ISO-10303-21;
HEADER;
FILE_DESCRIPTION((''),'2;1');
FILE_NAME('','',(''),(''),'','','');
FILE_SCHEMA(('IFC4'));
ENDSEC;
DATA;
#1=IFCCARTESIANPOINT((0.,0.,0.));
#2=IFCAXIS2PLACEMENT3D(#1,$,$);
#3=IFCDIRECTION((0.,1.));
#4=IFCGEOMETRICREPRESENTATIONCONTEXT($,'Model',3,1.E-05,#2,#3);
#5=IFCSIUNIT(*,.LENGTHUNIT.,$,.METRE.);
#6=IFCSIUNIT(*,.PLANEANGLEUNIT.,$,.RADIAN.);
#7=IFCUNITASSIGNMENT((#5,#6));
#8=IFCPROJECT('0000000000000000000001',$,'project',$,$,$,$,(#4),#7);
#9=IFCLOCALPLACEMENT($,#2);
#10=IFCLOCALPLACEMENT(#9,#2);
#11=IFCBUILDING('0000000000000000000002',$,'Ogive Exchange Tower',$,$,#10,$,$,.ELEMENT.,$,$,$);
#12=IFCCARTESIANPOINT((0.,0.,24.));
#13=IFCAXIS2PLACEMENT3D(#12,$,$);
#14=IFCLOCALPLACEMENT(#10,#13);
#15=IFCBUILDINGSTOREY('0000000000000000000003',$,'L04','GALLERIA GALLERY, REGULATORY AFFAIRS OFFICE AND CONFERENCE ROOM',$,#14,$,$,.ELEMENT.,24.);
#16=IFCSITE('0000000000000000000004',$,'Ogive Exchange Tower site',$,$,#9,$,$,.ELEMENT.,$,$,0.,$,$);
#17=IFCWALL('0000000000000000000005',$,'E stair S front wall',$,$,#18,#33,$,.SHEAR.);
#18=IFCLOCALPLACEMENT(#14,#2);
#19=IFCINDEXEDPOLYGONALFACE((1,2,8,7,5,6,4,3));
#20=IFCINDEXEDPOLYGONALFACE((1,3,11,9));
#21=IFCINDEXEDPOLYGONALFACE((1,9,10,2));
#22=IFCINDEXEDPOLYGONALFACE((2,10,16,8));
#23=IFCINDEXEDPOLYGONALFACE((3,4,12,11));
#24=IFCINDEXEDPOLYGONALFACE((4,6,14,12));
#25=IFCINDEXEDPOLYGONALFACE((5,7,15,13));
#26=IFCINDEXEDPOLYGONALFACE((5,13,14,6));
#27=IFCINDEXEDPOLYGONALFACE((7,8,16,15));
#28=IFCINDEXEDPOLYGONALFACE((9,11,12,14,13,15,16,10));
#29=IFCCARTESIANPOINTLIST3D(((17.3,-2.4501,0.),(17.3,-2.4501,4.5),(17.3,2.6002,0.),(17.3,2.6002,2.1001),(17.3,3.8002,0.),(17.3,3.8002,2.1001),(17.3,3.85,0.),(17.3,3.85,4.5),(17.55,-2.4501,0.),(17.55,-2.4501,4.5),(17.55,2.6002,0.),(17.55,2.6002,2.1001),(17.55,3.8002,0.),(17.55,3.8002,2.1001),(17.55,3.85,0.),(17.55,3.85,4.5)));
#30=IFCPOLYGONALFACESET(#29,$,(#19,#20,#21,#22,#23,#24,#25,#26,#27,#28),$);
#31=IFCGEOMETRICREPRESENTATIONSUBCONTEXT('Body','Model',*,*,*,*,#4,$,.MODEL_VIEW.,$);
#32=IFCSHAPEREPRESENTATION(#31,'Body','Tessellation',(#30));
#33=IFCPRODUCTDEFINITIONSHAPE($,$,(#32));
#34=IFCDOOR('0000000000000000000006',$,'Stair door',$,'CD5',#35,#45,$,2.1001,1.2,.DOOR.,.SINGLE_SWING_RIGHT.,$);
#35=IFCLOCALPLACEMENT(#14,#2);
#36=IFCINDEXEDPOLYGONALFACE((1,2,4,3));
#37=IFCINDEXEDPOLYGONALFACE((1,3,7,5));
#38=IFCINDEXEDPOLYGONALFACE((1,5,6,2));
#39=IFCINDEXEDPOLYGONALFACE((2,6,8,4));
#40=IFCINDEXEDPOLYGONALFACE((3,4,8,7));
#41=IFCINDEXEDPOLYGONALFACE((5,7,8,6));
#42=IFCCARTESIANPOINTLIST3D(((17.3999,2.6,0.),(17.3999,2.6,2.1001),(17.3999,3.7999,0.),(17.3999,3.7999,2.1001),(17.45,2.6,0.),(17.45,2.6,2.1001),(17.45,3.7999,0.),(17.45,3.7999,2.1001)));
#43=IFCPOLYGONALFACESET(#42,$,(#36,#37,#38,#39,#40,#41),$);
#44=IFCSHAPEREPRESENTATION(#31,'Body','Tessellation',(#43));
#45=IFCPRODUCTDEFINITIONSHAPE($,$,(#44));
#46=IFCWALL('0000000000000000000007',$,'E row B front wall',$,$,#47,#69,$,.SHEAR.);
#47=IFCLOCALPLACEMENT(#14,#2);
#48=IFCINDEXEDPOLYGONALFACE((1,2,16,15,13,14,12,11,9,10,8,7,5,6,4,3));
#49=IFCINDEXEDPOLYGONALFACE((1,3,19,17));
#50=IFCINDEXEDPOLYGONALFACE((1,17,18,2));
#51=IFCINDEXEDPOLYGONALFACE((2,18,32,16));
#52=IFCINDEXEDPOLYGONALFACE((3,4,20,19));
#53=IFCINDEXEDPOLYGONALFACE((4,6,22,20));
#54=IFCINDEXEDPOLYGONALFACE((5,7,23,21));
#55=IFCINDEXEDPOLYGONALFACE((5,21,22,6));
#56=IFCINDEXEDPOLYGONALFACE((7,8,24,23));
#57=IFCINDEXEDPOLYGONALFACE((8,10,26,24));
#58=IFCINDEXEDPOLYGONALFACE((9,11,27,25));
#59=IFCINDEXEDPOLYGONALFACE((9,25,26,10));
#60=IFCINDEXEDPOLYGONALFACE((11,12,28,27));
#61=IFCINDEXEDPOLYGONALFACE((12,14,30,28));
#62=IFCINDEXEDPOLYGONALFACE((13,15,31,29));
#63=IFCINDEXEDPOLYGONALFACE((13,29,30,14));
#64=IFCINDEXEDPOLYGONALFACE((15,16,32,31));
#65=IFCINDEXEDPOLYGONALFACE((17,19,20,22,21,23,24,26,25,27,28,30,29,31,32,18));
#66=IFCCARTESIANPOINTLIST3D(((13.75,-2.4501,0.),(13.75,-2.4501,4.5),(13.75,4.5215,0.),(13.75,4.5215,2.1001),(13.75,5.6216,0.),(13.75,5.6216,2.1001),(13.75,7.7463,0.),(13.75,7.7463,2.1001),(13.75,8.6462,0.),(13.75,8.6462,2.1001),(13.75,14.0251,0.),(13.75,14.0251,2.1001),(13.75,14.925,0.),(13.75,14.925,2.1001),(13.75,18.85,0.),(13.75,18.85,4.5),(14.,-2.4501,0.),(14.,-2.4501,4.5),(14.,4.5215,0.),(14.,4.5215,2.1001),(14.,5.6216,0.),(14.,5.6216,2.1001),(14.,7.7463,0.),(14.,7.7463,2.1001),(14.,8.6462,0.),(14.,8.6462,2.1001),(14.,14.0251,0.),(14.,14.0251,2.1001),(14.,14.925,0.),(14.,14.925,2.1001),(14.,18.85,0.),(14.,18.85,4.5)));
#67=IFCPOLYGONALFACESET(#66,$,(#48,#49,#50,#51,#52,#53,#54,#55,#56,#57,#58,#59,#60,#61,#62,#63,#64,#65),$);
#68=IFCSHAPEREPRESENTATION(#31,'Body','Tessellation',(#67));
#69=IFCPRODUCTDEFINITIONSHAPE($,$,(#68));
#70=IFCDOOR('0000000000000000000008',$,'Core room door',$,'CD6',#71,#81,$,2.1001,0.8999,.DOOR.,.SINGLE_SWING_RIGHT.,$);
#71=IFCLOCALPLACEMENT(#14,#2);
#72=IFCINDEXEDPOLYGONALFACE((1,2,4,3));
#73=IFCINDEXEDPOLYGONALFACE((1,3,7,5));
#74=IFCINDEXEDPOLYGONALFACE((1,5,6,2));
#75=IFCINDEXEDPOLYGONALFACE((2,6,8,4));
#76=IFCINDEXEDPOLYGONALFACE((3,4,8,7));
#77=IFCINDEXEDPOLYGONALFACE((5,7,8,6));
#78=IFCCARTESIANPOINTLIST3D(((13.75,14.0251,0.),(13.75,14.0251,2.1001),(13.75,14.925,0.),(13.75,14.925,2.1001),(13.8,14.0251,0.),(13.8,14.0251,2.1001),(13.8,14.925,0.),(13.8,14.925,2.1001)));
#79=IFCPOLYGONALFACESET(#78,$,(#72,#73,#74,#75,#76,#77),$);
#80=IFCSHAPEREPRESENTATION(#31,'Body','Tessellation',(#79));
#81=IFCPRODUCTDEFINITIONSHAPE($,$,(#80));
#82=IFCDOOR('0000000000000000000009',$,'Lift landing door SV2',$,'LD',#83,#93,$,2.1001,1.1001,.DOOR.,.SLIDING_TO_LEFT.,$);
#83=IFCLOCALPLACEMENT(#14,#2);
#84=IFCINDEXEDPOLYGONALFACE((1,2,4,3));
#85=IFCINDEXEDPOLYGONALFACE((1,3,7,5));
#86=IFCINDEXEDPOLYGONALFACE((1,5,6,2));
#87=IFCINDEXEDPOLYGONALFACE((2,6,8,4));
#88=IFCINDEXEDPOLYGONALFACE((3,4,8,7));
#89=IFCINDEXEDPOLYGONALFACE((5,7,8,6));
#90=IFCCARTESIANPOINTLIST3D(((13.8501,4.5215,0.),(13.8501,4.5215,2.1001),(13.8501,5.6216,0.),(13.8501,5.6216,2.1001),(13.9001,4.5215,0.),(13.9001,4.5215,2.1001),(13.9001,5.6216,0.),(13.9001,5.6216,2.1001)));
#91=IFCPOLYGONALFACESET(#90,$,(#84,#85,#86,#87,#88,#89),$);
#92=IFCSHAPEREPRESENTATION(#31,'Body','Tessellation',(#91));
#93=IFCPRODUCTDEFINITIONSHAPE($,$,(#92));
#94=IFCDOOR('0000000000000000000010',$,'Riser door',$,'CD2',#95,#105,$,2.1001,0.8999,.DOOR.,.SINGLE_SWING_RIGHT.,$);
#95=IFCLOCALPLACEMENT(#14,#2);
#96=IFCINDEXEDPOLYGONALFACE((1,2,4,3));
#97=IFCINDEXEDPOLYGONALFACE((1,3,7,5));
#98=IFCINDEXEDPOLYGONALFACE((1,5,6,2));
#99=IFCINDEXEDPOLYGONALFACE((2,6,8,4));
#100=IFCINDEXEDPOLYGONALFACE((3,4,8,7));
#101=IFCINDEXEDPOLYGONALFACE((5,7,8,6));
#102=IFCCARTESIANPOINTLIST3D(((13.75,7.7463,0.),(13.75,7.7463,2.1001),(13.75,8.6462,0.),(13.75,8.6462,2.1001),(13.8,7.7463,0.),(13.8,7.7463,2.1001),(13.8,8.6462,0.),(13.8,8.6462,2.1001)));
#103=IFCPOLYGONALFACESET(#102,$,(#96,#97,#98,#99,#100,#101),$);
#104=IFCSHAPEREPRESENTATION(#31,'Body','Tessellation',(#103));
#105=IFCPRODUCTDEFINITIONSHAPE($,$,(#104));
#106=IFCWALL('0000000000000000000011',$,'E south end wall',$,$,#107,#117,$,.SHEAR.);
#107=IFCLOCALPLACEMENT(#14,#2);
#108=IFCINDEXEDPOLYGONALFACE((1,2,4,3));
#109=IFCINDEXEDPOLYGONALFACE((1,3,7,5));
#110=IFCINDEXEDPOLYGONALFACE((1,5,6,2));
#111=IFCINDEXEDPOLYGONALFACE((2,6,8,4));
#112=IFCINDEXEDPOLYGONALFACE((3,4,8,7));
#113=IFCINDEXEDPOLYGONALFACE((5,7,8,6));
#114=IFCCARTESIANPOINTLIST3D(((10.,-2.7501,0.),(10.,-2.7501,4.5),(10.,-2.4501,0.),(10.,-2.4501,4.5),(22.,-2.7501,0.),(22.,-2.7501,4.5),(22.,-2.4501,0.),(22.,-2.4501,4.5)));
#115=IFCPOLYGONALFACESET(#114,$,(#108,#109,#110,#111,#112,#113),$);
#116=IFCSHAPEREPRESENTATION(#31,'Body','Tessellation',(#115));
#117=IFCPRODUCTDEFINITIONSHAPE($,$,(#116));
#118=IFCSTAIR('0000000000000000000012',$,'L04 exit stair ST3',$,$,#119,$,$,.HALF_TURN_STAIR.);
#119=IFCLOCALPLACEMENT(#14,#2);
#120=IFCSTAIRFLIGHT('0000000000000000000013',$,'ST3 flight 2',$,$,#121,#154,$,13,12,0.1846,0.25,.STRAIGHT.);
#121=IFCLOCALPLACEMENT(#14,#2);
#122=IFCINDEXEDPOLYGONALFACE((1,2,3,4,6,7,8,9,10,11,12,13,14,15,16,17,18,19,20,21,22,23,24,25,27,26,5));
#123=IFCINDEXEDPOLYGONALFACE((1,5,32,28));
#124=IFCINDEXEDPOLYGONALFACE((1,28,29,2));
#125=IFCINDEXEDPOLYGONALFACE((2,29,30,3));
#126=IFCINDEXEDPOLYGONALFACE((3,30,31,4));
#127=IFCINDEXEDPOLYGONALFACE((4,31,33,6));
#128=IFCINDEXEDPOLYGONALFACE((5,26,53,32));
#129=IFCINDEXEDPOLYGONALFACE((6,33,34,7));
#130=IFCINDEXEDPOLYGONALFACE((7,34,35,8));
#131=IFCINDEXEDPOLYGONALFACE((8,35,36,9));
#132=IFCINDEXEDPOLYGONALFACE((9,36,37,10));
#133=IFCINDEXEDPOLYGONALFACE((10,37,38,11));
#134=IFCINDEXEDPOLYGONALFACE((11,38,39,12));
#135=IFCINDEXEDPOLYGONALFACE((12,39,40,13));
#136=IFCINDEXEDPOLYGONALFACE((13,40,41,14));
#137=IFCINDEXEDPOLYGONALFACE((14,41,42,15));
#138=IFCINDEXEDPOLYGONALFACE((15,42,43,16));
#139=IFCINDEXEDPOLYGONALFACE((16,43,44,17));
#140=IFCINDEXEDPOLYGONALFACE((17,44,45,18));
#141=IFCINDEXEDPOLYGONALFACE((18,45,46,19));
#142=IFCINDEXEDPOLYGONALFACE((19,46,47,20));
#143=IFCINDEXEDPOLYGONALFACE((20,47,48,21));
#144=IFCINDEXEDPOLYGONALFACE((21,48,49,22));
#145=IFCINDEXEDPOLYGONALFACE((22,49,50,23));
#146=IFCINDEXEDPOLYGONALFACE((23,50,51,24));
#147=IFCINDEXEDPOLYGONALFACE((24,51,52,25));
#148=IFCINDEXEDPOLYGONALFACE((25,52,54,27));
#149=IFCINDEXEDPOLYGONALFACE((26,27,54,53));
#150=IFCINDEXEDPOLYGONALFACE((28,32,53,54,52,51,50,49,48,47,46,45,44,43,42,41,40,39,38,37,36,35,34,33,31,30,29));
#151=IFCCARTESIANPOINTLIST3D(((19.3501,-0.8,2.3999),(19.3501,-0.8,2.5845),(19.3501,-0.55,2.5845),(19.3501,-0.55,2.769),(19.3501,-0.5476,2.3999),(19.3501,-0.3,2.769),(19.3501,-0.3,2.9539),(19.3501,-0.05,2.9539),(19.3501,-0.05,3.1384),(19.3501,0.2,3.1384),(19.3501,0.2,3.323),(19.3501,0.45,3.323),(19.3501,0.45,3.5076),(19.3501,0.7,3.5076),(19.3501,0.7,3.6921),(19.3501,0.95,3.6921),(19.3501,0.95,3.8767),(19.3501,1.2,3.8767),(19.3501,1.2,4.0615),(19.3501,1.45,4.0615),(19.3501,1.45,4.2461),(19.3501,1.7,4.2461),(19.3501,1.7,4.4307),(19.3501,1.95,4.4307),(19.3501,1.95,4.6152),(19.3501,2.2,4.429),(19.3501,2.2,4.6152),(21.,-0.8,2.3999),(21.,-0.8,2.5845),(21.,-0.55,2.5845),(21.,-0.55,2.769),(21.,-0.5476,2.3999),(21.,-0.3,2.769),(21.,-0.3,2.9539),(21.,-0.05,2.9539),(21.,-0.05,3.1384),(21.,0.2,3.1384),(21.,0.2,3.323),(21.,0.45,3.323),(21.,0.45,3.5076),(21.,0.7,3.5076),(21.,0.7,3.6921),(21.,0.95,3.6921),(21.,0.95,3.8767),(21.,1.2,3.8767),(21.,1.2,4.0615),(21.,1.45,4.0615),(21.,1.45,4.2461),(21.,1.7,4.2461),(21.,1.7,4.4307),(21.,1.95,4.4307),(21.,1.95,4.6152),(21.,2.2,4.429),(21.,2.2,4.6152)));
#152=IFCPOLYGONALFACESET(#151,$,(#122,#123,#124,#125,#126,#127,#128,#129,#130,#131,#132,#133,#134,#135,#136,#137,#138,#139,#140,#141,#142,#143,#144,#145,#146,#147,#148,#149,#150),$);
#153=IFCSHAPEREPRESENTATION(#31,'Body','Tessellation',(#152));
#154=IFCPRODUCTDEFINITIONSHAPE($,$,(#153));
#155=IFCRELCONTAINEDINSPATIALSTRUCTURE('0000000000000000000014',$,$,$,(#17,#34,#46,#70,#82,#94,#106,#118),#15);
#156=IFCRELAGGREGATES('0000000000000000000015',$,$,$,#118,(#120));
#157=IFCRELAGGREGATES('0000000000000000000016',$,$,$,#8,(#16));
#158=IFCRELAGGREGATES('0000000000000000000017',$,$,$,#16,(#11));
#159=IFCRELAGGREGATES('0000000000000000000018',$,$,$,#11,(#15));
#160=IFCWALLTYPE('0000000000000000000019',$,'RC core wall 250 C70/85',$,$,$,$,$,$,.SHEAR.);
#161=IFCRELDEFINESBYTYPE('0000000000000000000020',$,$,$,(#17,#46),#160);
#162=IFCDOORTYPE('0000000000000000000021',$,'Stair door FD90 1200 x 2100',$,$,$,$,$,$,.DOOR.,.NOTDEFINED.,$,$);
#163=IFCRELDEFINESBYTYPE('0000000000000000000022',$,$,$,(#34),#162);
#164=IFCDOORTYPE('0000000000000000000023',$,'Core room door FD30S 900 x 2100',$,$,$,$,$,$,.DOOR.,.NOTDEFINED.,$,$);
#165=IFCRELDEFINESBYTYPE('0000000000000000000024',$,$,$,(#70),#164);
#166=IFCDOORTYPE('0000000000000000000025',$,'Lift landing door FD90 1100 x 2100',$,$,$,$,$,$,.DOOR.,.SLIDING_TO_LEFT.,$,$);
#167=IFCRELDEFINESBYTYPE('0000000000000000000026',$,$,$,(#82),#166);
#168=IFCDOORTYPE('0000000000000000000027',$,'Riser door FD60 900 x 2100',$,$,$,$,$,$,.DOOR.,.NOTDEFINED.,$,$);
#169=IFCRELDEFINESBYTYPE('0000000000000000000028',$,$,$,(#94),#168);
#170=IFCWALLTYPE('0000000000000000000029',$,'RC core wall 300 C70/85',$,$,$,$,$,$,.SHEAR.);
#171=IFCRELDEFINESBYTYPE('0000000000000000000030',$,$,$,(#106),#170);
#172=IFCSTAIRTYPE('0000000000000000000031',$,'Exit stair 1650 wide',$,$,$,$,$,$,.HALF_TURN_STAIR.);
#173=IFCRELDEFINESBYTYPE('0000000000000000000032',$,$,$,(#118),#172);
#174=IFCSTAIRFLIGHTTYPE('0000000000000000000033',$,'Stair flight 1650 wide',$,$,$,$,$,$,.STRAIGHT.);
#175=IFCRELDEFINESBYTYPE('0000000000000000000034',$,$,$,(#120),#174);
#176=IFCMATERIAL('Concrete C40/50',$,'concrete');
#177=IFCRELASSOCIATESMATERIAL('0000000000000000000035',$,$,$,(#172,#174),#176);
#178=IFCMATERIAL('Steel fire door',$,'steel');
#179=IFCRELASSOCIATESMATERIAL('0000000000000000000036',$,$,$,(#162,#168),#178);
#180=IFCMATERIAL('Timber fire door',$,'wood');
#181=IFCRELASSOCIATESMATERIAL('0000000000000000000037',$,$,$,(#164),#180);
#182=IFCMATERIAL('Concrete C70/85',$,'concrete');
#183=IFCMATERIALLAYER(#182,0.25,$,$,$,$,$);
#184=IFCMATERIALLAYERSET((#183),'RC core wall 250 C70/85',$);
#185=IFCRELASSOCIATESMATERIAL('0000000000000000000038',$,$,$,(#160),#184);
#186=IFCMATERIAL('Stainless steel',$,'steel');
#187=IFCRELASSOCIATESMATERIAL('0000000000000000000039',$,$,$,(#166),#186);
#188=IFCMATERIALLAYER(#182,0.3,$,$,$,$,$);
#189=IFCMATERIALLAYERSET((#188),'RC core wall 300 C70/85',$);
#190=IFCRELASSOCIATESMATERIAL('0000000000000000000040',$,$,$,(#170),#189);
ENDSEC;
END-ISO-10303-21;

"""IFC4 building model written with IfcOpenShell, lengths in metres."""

from ifc_helpers import new_model, si_unit, direction, frame, frame_2d, origin, place, context, subcontext, project, spatial, polyline, rectangle, outline, extrude, material, layer, layer_set, type_object, element, fill, aggregate, save


model = new_model("IFC4")

# Units and contexts
model_context = context("Model", 3, precision=1e-05, world=origin(), true_north=direction((0.0, 1.0)))
body_context = subcontext(model_context, "Body", "Model", "MODEL_VIEW")
ifc_project = project(units=[si_unit("LENGTHUNIT", "METRE"), si_unit("PLANEANGLEUNIT", "RADIAN")], contexts=[model_context])

# Site, building, storey
site_placement = place(None, origin())
site = spatial("IfcSite", under=ifc_project, at=site_placement, Name="Ogive Exchange Tower site", CompositionType="ELEMENT", RefElevation=0.0)
building_placement = place(site_placement, origin())
building = spatial("IfcBuilding", under=site, at=building_placement, Name="Ogive Exchange Tower", CompositionType="ELEMENT")
storey_placement = place(building_placement, frame((0.0, 0.0, 24.0)))
storey = spatial("IfcBuildingStorey", under=building, at=storey_placement, Name="L04", Description="GALLERIA GALLERY, REGULATORY AFFAIRS OFFICE AND CONFERENCE ROOM", CompositionType="ELEMENT", Elevation=24.0)

# Shared definitions
ifc_material_1 = material(Name="Concrete C70/85", Category="concrete")

# Shared definitions
ifc_material_2 = material(Name="Concrete C40/50", Category="concrete")
stair_type = type_object("IfcStairType", Name="Exit stair 1650 wide", PredefinedType="HALF_TURN_STAIR", material=ifc_material_2)

# Shared definitions
ifc_material_3 = material(Name="Steel fire door", Category="steel")
door_type_1 = type_object("IfcDoorType", Name="Stair door FD90 1200 x 2100", OperationType="NOTDEFINED", PredefinedType="DOOR", material=ifc_material_3)
ifc_material_4 = material(Name="Timber fire door", Category="wood")
door_type_2 = type_object("IfcDoorType", Name="Core room door FD30S 900 x 2100", OperationType="NOTDEFINED", PredefinedType="DOOR", material=ifc_material_4)

# Wall, opening, door
ifc_layer_1 = layer(ifc_material_1, 0.25)
ifc_layer_set_1 = layer_set([ifc_layer_1], Name="RC core wall 250 C70/85")
wall_type_1 = type_object("IfcWallType", Name="RC core wall 250 C70/85", PredefinedType="SHEAR", material=ifc_layer_set_1)
wall_1_placement = place(storey_placement, frame((17.425, -2.45, 0.0), z_axis=(0.0, 0.0, 1.0), x_axis=(0.0, 1.0, 0.0)))
wall_1 = element("IfcWall", 1, at=wall_1_placement, inside=storey, type_object=wall_type_1, Name="E stair S front wall", PredefinedType="SHEAR", context=body_context, shape_type="SweptSolid", body=[
    extrude(rectangle(XDim=6.3, YDim=0.25, at=frame_2d((3.1499, 0.0))), origin(), (0.0, 0.0, 1.0), 4.5),
])
opening_1_placement = place(wall_1_placement, frame((5.05, 0.0, 0.0)))
opening_1 = element("IfcOpeningElement", 2, at=opening_1_placement, cuts=wall_1, PredefinedType="OPENING", context=body_context, shape_type="SweptSolid", body=[
    extrude(rectangle(XDim=1.2, YDim=2.1001, at=frame_2d((0.6001, 1.05))), frame((0.0, 0.135, 0.0), z_axis=(0.0, -1.0, 0.0), x_axis=(1.0, 0.0, 0.0)), (0.0, 0.0, 1.0), 0.27),
])
door_1_placement = place(opening_1_placement, frame((1.2, 0.0, 0.0), z_axis=(0.0, 0.0, 1.0), x_axis=(-1.0, 0.0, 0.0)))
door_1 = element("IfcDoor", 3, at=door_1_placement, inside=storey, type_object=door_type_1, Name="Stair door", ObjectType="CD5", OperationType="SINGLE_SWING_RIGHT", OverallHeight=2.1001, OverallWidth=1.2, PredefinedType="DOOR", context=body_context, shape_type="SweptSolid", body=[
    extrude(rectangle(XDim=1.2, YDim=2.1001, at=frame_2d((0.6001, 1.05))), frame((0.0, 0.0249, 0.0), z_axis=(0.0, -1.0, 0.0), x_axis=(1.0, 0.0, 0.0)), (0.0, 0.0, 1.0), 0.05),
])
fill(opening_1, door_1)

# Wall, openings, doors
wall_2_placement = place(storey_placement, frame((13.875, -2.45, 0.0), z_axis=(0.0, 0.0, 1.0), x_axis=(0.0, 1.0, 0.0)))
wall_2 = element("IfcWall", 4, at=wall_2_placement, inside=storey, type_object=wall_type_1, Name="E row B front wall", PredefinedType="SHEAR", context=body_context, shape_type="SweptSolid", body=[
    extrude(rectangle(XDim=21.3, YDim=0.25, at=frame_2d((10.6499, 0.0))), origin(), (0.0, 0.0, 1.0), 4.5),
])
opening_2_placement = place(wall_2_placement, frame((10.1963, 0.0, 0.0)))
opening_2 = element("IfcOpeningElement", 5, at=opening_2_placement, cuts=wall_2, PredefinedType="OPENING", context=body_context, shape_type="SweptSolid", body=[
    extrude(rectangle(XDim=0.8999, YDim=2.1001, at=frame_2d((0.45, 1.05))), frame((0.0, 0.135, 0.0), z_axis=(0.0, -1.0, 0.0), x_axis=(1.0, 0.0, 0.0)), (0.0, 0.0, 1.0), 0.27),
])
opening_3_placement = place(wall_2_placement, frame((16.4751, 0.0, 0.0)))
opening_3 = element("IfcOpeningElement", 6, at=opening_3_placement, cuts=wall_2, PredefinedType="OPENING", context=body_context, shape_type="SweptSolid", body=[
    extrude(rectangle(XDim=0.8999, YDim=2.1001, at=frame_2d((0.45, 1.05))), frame((0.0, 0.135, 0.0), z_axis=(0.0, -1.0, 0.0), x_axis=(1.0, 0.0, 0.0)), (0.0, 0.0, 1.0), 0.27),
])
opening_4_placement = place(wall_2_placement, frame((6.9714, 0.0, 0.0)))
opening_4 = element("IfcOpeningElement", 7, at=opening_4_placement, cuts=wall_2, PredefinedType="OPENING", context=body_context, shape_type="SweptSolid", body=[
    extrude(rectangle(XDim=1.1001, YDim=2.1001, at=frame_2d((0.55, 1.05))), frame((0.0, 0.135, 0.0), z_axis=(0.0, -1.0, 0.0), x_axis=(1.0, 0.0, 0.0)), (0.0, 0.0, 1.0), 0.27),
])
door_2_placement = place(opening_3_placement, origin())
door_2 = element("IfcDoor", 8, at=door_2_placement, inside=storey, type_object=door_type_2, Name="Core room door", ObjectType="CD6", OperationType="SINGLE_SWING_RIGHT", OverallHeight=2.1001, OverallWidth=0.8999, PredefinedType="DOOR", context=body_context, shape_type="SweptSolid", body=[
    extrude(rectangle(XDim=0.8999, YDim=2.1001, at=frame_2d((0.45, 1.05))), frame((0.0, 0.125, 0.0), z_axis=(0.0, -1.0, 0.0), x_axis=(1.0, 0.0, 0.0)), (0.0, 0.0, 1.0), 0.05),
])
fill(opening_3, door_2)
ifc_material_5 = material(Name="Stainless steel", Category="steel")
door_type_3 = type_object("IfcDoorType", Name="Lift landing door FD90 1100 x 2100", OperationType="SLIDING_TO_LEFT", PredefinedType="DOOR", material=ifc_material_5)
door_3_placement = place(opening_4_placement, origin())
door_3 = element("IfcDoor", 9, at=door_3_placement, inside=storey, type_object=door_type_3, Name="Lift landing door SV2", ObjectType="LD", OperationType="SLIDING_TO_LEFT", OverallHeight=2.1001, OverallWidth=1.1001, PredefinedType="DOOR", context=body_context, shape_type="SweptSolid", body=[
    extrude(rectangle(XDim=1.1001, YDim=2.1001, at=frame_2d((0.55, 1.05))), frame((0.0, 0.0249, 0.0), z_axis=(0.0, -1.0, 0.0), x_axis=(1.0, 0.0, 0.0)), (0.0, 0.0, 1.0), 0.05),
])
fill(opening_4, door_3)
door_type_4 = type_object("IfcDoorType", Name="Riser door FD60 900 x 2100", OperationType="NOTDEFINED", PredefinedType="DOOR", material=ifc_material_3)
door_4_placement = place(opening_2_placement, origin())
door_4 = element("IfcDoor", 10, at=door_4_placement, inside=storey, type_object=door_type_4, Name="Riser door", ObjectType="CD2", OperationType="SINGLE_SWING_RIGHT", OverallHeight=2.1001, OverallWidth=0.8999, PredefinedType="DOOR", context=body_context, shape_type="SweptSolid", body=[
    extrude(rectangle(XDim=0.8999, YDim=2.1001, at=frame_2d((0.45, 1.05))), frame((0.0, 0.125, 0.0), z_axis=(0.0, -1.0, 0.0), x_axis=(1.0, 0.0, 0.0)), (0.0, 0.0, 1.0), 0.05),
])
fill(opening_2, door_4)

# Wall
ifc_layer_2 = layer(ifc_material_1, 0.3)
ifc_layer_set_2 = layer_set([ifc_layer_2], Name="RC core wall 300 C70/85")
wall_type_2 = type_object("IfcWallType", Name="RC core wall 300 C70/85", PredefinedType="SHEAR", material=ifc_layer_set_2)
wall_3_placement = place(storey_placement, frame((10.0, -2.6001, 0.0), z_axis=(0.0, 0.0, 1.0), x_axis=(1.0, 0.0, 0.0)))
element("IfcWall", 11, at=wall_3_placement, inside=storey, type_object=wall_type_2, Name="E south end wall", PredefinedType="SHEAR", context=body_context, shape_type="SweptSolid", body=[
    extrude(rectangle(XDim=12.0, YDim=0.3, at=frame_2d((6.0, 0.0))), origin(), (0.0, 0.0, 1.0), 4.5),
])

# Stair, stair flight
stair_1_placement = place(storey_placement, origin())
stair_1 = element("IfcStair", 12, at=stair_1_placement, inside=storey, type_object=stair_type, Name="L04 exit stair ST3", PredefinedType="HALF_TURN_STAIR")
stair_flight_type = type_object("IfcStairFlightType", Name="Stair flight 1650 wide", PredefinedType="STRAIGHT", material=ifc_material_2)
stair_flight_placement = place(storey_placement, frame((20.175, -0.8, 2.3999), z_axis=(0.0, 0.0, 1.0), x_axis=(0.0, 1.0, 0.0)))
stair_flight = element("IfcStairFlight", 13, at=stair_flight_placement, type_object=stair_flight_type, Name="ST3 flight 2", NumberOfRisers=13, NumberOfTreads=12, PredefinedType="STRAIGHT", RiserHeight=0.1846, TreadLength=0.25, context=body_context, shape_type="SweptSolid", body=[
    extrude(outline(polyline([(0.0, 0.0), (0.0, 0.1846), (0.25, 0.1846), (0.25, 0.3691), (0.5, 0.3691), (0.5, 0.554), (0.75, 0.554), (0.75, 0.7385), (1.0, 0.7385), (1.0, 0.9231), (1.25, 0.9231), (1.25, 1.1077), (1.5, 1.1077), (1.5, 1.2922), (1.75, 1.2922), (1.75, 1.4768), (2.0, 1.4768), (2.0, 1.6616), (2.25, 1.6616), (2.25, 1.8462), (2.5, 1.8462), (2.5, 2.0308), (2.75, 2.0308), (2.75, 2.2153), (3.0, 2.2153), (3.0, 2.3999), (3.0, 2.0291), (0.2524, 0.0), (0.0, 0.0)])), frame((0.0, 0.825, 0.0), z_axis=(0.0, -1.0, 0.0), x_axis=(1.0, 0.0, 0.0)), (0.0, 0.0, 1.0), 1.6499),
])
aggregate(stair_1, [stair_flight])

save(model, "model.ifc")
